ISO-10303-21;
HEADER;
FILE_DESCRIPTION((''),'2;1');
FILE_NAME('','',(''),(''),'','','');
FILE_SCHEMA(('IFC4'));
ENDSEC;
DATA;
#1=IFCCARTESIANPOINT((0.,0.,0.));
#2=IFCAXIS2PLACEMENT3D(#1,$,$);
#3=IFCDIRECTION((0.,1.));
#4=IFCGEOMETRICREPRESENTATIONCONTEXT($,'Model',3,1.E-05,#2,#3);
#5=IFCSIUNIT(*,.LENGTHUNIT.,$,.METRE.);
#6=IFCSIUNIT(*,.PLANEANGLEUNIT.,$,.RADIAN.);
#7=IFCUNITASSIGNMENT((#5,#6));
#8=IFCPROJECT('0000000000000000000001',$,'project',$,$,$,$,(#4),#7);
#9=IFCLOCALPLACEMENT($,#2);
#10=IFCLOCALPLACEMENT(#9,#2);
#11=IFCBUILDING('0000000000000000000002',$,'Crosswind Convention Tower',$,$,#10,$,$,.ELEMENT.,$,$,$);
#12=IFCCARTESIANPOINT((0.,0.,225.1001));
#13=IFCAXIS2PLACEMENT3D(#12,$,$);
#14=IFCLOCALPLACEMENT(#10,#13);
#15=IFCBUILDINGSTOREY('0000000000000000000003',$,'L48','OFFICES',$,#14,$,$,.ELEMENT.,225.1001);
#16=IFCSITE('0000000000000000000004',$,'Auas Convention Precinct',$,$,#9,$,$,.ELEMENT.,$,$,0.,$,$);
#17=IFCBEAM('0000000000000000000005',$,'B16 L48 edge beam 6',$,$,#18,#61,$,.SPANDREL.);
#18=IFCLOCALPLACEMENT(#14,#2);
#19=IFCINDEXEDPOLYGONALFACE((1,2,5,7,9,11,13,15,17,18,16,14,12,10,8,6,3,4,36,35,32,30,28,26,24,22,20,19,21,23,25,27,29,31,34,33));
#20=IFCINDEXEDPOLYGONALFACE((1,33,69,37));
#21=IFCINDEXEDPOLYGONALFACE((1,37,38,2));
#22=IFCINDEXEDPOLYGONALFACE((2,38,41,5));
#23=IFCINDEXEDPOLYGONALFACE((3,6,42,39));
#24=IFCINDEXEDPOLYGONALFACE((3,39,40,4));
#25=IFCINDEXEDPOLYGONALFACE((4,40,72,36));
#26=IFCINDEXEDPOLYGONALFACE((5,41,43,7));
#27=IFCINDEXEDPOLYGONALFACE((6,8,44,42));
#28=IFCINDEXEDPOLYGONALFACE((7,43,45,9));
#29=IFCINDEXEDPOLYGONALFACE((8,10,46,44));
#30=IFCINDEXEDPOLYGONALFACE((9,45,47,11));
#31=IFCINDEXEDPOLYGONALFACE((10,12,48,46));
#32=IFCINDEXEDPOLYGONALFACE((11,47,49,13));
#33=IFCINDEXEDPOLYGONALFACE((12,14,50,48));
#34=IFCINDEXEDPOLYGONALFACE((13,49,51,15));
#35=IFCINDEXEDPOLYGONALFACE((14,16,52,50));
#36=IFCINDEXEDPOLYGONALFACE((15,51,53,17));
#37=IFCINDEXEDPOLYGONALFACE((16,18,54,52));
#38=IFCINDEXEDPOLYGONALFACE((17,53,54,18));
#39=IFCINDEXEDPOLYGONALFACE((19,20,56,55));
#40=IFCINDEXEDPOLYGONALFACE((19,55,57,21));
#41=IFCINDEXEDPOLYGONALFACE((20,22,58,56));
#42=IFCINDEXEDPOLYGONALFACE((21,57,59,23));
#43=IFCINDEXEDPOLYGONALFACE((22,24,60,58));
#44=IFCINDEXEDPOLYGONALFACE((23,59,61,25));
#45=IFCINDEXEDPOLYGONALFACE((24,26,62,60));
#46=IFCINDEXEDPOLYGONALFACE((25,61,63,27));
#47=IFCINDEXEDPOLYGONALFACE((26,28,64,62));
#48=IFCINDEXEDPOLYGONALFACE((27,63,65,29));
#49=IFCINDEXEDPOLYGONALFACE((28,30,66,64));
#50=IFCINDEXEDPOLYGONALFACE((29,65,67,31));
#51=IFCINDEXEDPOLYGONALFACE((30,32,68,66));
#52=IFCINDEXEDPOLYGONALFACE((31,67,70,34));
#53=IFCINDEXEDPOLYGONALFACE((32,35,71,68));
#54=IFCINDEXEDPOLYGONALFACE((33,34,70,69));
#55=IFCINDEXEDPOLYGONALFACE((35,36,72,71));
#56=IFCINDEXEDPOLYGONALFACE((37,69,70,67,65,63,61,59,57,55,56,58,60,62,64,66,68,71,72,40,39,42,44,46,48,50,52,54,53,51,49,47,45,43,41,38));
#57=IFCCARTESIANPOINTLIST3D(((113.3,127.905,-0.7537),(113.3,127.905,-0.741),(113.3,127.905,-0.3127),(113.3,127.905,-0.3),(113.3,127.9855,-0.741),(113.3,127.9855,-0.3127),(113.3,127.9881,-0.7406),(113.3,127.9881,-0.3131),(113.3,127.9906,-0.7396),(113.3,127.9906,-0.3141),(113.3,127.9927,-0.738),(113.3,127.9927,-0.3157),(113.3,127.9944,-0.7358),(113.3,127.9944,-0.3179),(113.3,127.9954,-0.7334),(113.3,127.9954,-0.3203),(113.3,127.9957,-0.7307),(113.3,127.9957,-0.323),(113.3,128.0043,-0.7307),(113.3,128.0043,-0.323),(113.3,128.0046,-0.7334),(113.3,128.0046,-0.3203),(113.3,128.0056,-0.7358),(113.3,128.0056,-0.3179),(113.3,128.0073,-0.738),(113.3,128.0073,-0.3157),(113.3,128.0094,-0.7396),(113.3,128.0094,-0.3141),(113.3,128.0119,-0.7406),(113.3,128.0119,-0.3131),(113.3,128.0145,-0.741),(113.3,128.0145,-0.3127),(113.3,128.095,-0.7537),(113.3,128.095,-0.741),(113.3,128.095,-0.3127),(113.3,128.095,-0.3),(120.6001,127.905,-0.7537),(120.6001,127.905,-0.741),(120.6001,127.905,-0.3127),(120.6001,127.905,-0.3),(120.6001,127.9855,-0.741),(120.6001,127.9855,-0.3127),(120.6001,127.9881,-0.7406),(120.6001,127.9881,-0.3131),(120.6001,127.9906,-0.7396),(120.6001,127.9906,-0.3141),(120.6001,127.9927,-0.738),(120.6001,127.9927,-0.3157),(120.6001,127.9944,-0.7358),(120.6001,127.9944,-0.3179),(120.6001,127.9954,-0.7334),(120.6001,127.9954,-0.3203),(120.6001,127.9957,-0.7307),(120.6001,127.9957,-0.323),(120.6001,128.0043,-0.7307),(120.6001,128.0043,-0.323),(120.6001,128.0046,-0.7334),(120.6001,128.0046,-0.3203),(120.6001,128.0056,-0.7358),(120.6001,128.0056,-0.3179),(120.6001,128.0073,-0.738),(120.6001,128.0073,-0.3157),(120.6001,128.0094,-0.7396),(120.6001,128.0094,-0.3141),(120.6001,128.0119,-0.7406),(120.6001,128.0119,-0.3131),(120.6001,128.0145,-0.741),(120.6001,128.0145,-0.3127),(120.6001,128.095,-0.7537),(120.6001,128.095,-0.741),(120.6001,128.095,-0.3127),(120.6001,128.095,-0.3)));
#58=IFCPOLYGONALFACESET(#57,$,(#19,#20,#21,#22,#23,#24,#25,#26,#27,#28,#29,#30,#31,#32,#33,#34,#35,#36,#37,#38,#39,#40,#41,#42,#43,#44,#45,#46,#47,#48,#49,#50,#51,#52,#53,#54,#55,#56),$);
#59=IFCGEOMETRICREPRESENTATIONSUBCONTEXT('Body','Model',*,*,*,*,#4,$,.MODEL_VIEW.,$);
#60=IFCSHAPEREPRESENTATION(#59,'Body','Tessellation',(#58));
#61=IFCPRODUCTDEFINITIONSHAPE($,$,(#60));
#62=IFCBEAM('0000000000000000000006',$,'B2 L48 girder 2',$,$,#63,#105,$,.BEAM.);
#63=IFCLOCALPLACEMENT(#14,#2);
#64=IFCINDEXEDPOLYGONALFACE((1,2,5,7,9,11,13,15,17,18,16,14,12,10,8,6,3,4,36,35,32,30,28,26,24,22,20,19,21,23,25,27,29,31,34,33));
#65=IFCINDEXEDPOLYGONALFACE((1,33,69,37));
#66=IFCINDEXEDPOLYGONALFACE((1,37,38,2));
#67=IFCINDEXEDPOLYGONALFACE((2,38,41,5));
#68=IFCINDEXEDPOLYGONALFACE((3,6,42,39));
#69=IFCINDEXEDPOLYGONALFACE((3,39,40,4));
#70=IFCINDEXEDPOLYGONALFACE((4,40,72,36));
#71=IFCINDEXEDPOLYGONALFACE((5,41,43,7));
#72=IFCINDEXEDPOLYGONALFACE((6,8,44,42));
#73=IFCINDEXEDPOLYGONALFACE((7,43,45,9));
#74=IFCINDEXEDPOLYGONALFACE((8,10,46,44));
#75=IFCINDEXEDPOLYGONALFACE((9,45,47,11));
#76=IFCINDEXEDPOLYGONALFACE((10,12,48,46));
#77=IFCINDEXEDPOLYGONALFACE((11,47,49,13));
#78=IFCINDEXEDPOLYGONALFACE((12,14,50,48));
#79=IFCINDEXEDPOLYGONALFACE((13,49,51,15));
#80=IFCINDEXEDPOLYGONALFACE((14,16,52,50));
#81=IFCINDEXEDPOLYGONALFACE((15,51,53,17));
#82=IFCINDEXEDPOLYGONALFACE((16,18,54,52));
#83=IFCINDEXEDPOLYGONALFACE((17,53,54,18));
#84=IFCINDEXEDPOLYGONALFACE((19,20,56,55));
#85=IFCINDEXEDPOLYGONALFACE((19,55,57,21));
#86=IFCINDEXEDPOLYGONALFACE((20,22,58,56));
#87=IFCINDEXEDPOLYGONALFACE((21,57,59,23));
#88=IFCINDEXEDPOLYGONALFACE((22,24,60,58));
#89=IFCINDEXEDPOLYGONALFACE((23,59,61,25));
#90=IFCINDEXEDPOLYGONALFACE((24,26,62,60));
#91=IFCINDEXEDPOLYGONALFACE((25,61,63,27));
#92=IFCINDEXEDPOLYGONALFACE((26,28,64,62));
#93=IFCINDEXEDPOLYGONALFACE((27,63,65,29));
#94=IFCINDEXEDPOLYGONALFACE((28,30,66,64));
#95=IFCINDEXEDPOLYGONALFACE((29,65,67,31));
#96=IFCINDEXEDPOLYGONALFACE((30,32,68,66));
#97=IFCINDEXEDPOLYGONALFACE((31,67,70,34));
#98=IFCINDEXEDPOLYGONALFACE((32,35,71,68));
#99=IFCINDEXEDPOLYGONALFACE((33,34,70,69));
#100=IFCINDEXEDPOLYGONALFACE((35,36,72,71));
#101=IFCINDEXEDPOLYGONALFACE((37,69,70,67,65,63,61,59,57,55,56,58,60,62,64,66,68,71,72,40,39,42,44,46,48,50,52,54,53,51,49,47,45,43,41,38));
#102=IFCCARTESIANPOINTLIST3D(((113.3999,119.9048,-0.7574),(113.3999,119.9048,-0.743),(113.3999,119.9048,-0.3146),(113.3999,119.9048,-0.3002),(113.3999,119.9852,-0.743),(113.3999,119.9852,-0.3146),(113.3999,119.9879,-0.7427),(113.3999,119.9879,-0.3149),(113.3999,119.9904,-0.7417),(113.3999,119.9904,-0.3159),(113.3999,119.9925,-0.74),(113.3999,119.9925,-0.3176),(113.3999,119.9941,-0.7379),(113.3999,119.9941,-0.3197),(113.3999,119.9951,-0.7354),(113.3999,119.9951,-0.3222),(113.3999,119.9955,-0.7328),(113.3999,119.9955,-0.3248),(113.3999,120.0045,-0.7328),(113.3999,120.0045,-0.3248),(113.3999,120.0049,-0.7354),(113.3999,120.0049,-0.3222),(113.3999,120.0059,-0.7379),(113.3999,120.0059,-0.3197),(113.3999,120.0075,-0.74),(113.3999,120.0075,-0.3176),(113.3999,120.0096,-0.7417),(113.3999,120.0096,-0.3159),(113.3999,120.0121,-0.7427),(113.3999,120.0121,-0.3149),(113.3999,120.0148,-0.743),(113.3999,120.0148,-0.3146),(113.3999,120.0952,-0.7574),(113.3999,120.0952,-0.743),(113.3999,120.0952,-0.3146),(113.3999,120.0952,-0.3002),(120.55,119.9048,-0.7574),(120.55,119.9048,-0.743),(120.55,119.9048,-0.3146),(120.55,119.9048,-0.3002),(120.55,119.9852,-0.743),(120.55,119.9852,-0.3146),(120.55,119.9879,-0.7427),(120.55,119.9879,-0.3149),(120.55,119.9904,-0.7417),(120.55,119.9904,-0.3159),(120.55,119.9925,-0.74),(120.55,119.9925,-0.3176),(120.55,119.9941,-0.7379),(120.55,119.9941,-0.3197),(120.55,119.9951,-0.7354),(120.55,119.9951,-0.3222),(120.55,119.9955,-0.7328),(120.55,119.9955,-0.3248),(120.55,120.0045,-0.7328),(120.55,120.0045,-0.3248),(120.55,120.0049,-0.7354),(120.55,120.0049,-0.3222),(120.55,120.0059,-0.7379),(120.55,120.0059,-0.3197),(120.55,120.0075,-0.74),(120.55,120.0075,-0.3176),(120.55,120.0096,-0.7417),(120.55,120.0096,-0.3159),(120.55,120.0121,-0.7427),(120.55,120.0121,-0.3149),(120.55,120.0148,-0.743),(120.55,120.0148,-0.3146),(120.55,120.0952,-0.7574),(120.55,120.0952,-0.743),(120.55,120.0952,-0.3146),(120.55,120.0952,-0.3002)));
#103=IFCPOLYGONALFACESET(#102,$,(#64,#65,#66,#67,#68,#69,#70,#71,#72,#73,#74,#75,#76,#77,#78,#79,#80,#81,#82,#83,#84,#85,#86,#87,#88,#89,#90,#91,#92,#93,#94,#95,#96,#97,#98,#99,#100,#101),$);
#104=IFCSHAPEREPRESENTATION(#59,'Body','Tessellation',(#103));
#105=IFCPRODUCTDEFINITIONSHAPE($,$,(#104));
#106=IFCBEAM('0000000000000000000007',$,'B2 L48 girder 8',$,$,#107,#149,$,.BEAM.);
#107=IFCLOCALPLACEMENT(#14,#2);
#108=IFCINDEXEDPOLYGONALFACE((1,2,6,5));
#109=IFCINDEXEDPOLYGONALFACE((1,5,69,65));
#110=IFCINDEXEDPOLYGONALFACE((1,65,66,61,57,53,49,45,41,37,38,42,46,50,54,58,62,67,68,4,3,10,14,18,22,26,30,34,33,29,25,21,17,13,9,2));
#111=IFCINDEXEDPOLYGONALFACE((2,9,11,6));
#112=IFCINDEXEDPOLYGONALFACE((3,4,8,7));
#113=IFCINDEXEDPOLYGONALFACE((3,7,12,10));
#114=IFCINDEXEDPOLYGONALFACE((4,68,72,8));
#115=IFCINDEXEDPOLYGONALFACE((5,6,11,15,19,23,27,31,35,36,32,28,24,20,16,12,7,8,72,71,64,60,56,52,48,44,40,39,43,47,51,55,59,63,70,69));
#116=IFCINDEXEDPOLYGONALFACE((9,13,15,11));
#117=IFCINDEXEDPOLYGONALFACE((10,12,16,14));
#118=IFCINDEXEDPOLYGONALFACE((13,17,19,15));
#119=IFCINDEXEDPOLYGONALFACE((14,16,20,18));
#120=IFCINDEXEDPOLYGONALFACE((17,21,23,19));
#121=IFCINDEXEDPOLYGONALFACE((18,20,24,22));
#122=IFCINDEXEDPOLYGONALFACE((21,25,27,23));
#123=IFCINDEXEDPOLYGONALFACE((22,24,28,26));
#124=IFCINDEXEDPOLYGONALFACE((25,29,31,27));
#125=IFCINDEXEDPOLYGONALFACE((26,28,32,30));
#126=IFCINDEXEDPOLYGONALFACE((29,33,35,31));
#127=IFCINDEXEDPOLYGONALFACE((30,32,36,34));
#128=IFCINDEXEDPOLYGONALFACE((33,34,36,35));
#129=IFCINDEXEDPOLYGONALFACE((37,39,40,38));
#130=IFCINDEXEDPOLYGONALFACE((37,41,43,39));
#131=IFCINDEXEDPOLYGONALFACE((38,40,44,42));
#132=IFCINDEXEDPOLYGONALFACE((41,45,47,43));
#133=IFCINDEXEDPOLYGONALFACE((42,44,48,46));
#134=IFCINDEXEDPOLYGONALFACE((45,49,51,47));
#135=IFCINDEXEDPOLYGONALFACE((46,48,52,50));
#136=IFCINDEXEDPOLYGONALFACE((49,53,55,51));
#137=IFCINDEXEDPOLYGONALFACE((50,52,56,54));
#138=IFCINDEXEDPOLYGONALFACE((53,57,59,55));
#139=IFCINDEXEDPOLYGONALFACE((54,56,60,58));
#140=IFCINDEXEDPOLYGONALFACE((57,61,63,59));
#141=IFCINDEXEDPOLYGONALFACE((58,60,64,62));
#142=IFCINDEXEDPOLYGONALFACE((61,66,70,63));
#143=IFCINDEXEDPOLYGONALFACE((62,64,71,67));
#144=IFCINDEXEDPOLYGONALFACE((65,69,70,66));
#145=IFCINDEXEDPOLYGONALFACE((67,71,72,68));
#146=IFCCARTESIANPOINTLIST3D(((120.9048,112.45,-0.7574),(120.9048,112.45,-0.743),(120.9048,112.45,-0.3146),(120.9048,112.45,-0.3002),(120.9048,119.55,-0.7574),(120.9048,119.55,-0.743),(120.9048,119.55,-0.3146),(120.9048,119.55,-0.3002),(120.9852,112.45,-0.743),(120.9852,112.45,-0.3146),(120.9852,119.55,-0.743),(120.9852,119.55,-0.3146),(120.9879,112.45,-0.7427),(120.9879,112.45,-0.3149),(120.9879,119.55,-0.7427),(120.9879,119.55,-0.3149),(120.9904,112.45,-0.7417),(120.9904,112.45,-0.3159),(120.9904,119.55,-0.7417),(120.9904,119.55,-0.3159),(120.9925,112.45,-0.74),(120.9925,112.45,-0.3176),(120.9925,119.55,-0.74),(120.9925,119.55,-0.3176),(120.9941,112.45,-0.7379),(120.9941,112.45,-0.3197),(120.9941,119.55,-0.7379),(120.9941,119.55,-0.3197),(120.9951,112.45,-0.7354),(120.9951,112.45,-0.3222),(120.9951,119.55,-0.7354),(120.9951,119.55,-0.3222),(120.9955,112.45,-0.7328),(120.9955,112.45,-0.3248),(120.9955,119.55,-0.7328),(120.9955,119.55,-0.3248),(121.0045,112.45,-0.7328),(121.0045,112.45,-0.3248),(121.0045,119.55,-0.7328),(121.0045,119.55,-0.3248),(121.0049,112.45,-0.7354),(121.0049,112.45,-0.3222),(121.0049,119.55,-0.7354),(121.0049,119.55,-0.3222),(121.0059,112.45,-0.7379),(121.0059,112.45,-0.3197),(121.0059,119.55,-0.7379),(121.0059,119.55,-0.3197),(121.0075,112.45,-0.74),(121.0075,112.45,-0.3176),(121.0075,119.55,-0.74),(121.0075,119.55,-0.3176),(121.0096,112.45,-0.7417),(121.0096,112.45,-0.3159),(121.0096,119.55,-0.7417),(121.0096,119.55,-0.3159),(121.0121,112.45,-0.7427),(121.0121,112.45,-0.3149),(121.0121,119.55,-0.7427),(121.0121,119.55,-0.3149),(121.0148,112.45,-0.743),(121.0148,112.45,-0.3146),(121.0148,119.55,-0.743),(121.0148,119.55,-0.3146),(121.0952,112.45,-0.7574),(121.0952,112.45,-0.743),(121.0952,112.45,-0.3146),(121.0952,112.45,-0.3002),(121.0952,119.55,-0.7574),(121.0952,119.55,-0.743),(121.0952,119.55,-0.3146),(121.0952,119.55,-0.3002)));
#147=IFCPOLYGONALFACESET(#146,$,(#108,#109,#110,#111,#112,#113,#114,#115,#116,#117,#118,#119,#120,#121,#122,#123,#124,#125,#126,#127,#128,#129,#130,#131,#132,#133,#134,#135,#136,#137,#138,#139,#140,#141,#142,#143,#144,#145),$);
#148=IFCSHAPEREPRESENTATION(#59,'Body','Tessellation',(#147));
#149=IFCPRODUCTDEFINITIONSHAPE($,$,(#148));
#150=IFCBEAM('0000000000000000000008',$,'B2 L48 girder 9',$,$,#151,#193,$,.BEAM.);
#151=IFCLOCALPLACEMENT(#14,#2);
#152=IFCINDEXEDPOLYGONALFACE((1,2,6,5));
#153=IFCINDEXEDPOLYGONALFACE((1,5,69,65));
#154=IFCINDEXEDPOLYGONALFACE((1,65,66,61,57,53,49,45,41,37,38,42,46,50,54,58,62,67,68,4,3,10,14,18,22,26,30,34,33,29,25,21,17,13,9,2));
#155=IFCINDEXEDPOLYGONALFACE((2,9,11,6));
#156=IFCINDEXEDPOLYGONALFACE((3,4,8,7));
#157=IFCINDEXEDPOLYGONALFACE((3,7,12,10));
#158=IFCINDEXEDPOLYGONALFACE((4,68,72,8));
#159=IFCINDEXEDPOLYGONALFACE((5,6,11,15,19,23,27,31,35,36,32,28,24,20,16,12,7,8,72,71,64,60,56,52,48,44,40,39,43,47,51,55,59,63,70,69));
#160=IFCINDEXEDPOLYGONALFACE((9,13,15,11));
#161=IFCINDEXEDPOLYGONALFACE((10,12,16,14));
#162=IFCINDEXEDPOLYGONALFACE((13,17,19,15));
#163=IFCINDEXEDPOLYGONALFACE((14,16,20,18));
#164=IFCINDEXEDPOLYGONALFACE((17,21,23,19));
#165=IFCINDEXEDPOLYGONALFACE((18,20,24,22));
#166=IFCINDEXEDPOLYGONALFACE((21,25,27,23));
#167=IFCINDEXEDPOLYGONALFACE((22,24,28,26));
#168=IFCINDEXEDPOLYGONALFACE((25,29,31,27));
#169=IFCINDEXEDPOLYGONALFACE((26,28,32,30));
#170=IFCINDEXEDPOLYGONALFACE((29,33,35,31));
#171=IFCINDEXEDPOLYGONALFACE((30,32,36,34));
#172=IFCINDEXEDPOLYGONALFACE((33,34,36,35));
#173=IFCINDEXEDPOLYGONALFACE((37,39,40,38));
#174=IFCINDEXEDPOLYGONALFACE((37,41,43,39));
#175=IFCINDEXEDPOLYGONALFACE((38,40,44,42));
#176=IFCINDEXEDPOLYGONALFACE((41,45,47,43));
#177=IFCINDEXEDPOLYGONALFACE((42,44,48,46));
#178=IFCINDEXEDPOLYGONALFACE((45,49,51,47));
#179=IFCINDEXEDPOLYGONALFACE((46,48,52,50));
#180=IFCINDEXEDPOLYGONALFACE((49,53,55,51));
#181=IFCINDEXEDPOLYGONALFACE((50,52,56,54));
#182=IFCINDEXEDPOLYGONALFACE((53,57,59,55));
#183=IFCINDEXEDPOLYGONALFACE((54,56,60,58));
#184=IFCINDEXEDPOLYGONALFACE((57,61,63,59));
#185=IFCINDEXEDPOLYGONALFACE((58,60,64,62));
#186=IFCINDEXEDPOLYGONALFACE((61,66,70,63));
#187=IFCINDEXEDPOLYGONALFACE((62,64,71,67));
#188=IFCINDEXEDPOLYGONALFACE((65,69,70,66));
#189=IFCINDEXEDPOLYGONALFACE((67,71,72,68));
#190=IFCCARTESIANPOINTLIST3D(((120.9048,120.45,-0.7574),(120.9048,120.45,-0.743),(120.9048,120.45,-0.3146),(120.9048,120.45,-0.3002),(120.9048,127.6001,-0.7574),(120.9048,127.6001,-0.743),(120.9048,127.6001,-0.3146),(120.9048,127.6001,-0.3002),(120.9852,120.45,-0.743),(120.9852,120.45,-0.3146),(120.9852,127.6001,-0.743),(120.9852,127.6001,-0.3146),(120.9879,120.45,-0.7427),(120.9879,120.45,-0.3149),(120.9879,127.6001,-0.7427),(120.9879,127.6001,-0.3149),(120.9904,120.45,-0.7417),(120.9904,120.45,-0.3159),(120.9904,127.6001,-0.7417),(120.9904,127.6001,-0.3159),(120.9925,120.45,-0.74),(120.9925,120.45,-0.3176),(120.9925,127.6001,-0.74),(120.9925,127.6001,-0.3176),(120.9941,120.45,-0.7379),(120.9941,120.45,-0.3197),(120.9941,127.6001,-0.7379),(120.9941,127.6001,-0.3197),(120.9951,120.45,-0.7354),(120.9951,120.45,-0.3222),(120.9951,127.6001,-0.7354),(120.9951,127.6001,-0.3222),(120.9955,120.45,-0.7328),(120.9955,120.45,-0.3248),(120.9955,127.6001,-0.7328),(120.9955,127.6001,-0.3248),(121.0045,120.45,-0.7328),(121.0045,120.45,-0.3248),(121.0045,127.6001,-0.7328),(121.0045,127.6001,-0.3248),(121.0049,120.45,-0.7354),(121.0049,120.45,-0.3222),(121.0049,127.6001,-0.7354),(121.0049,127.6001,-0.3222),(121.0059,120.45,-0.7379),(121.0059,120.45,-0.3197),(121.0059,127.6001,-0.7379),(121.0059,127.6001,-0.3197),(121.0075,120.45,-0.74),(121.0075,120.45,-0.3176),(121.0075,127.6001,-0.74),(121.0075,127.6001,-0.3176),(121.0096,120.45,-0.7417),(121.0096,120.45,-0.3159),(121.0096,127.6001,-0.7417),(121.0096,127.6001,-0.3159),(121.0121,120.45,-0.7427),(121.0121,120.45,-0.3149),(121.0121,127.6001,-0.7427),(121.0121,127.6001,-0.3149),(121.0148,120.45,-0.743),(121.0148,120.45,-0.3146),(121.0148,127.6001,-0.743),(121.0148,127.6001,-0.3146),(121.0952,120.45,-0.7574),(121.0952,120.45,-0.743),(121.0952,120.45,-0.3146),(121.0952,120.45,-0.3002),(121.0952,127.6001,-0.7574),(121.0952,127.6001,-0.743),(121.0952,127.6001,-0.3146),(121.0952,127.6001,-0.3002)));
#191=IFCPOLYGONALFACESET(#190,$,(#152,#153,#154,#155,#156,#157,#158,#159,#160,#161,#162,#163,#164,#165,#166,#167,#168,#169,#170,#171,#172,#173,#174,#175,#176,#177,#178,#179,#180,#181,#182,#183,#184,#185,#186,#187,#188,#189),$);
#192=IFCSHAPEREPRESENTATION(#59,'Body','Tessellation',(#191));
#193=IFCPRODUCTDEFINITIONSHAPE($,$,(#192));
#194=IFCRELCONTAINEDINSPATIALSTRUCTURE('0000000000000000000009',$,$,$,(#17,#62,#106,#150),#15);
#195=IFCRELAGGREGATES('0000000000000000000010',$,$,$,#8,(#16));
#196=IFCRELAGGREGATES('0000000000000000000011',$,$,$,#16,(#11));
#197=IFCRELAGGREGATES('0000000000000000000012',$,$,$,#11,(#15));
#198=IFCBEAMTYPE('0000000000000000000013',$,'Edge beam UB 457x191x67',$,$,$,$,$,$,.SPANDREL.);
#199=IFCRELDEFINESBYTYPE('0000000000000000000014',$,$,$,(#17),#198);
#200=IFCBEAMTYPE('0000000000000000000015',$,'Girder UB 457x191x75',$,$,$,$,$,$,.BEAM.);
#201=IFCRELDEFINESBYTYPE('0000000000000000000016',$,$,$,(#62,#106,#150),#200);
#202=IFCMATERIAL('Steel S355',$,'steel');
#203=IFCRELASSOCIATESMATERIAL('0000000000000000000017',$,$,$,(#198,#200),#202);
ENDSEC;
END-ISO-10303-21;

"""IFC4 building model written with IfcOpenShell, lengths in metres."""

from ifc_helpers import new_model, si_unit, direction, frame, origin, origin_2d, place, context, subcontext, project, spatial, i_section, extrude, material, material_profile, profile_set, type_object, element, save


model = new_model("IFC4")

# Units and contexts
model_context = context("Model", 3, precision=1e-05, world=origin(), true_north=direction((0.0, 1.0)))
body_context = subcontext(model_context, "Body", "Model", "MODEL_VIEW")
ifc_project = project(units=[si_unit("LENGTHUNIT", "METRE"), si_unit("PLANEANGLEUNIT", "RADIAN")], contexts=[model_context])

# Site, building, storey
site_placement = place(None, origin())
site = spatial("IfcSite", under=ifc_project, at=site_placement, Name="Auas Convention Precinct", CompositionType="ELEMENT", RefElevation=0.0)
building_placement = place(site_placement, origin())
building = spatial("IfcBuilding", under=site, at=building_placement, Name="Crosswind Convention Tower", CompositionType="ELEMENT")
storey_placement = place(building_placement, frame((0.0, 0.0, 225.1001)))
storey = spatial("IfcBuildingStorey", under=building, at=storey_placement, Name="L48", Description="OFFICES", CompositionType="ELEMENT", Elevation=225.1001)

# Beams
ifc_material_1 = material(Name="Steel S355", Category="steel")
ifc_material_profile_1 = material_profile(ifc_material_1, i_section(OverallWidth=0.1899, OverallDepth=0.4536, WebThickness=0.0085, FlangeThickness=0.0127, FilletRadius=0.0103, at=origin_2d()), Name="UB 457x191x67")
ifc_profile_set_1 = profile_set([ifc_material_profile_1], Name="Steel S355")
beam_type_1 = type_object("IfcBeamType", Name="Edge beam UB 457x191x67", PredefinedType="SPANDREL", material=ifc_profile_set_1)
for number, where, z_axis, x_axis, name in (
    (1, (113.3, 128.0, -0.5269), (1.0, 0.0, 0.0), (0.0, 1.0, 0.0), "B16 L48 edge beam 6"),
):
    element("IfcBeam", number, at=place(storey_placement, frame(where, z_axis=z_axis, x_axis=x_axis)), inside=storey, type_object=beam_type_1, Name=name, PredefinedType="SPANDREL", context=body_context, shape_type="SweptSolid", body=[
        extrude(i_section(OverallWidth=0.1899, OverallDepth=0.4536, WebThickness=0.0085, FlangeThickness=0.0127, FilletRadius=0.0103, at=origin_2d()), origin(), (0.0, 0.0, 1.0), 7.3),
    ])
ifc_material_profile_2 = material_profile(ifc_material_1, i_section(OverallWidth=0.1904, OverallDepth=0.4573, WebThickness=0.009, FlangeThickness=0.0144, FilletRadius=0.0103, at=origin_2d()), Name="UB 457x191x75")
ifc_profile_set_2 = profile_set([ifc_material_profile_2], Name="Steel S355")
beam_type_2 = type_object("IfcBeamType", Name="Girder UB 457x191x75", PredefinedType="BEAM", material=ifc_profile_set_2)
beam_1_placement = place(storey_placement, frame((113.3999, 120.0, -0.5288), z_axis=(1.0, 0.0, 0.0), x_axis=(0.0, 1.0, 0.0)))
element("IfcBeam", 2, at=beam_1_placement, inside=storey, type_object=beam_type_2, Name="B2 L48 girder 2", PredefinedType="BEAM", context=body_context, shape_type="SweptSolid", body=[
    extrude(i_section(OverallWidth=0.1904, OverallDepth=0.4573, WebThickness=0.009, FlangeThickness=0.0144, FilletRadius=0.0103, at=origin_2d()), origin(), (0.0, 0.0, 1.0), 7.1501),
])
beam_2_placement = place(storey_placement, frame((121.0, 112.45, -0.5288), z_axis=(0.0, 1.0, 0.0), x_axis=(-1.0, 0.0, 0.0)))
element("IfcBeam", 3, at=beam_2_placement, inside=storey, type_object=beam_type_2, Name="B2 L48 girder 8", PredefinedType="BEAM", context=body_context, shape_type="SweptSolid", body=[
    extrude(i_section(OverallWidth=0.1904, OverallDepth=0.4573, WebThickness=0.009, FlangeThickness=0.0144, FilletRadius=0.0103, at=origin_2d()), origin(), (0.0, 0.0, 1.0), 7.1001),
])
beam_3_placement = place(storey_placement, frame((121.0, 120.45, -0.5288), z_axis=(0.0, 1.0, 0.0), x_axis=(-1.0, 0.0, 0.0)))
element("IfcBeam", 4, at=beam_3_placement, inside=storey, type_object=beam_type_2, Name="B2 L48 girder 9", PredefinedType="BEAM", context=body_context, shape_type="SweptSolid", body=[
    extrude(i_section(OverallWidth=0.1904, OverallDepth=0.4573, WebThickness=0.009, FlangeThickness=0.0144, FilletRadius=0.0103, at=origin_2d()), origin(), (0.0, 0.0, 1.0), 7.1501),
])

save(model, "model.ifc")
